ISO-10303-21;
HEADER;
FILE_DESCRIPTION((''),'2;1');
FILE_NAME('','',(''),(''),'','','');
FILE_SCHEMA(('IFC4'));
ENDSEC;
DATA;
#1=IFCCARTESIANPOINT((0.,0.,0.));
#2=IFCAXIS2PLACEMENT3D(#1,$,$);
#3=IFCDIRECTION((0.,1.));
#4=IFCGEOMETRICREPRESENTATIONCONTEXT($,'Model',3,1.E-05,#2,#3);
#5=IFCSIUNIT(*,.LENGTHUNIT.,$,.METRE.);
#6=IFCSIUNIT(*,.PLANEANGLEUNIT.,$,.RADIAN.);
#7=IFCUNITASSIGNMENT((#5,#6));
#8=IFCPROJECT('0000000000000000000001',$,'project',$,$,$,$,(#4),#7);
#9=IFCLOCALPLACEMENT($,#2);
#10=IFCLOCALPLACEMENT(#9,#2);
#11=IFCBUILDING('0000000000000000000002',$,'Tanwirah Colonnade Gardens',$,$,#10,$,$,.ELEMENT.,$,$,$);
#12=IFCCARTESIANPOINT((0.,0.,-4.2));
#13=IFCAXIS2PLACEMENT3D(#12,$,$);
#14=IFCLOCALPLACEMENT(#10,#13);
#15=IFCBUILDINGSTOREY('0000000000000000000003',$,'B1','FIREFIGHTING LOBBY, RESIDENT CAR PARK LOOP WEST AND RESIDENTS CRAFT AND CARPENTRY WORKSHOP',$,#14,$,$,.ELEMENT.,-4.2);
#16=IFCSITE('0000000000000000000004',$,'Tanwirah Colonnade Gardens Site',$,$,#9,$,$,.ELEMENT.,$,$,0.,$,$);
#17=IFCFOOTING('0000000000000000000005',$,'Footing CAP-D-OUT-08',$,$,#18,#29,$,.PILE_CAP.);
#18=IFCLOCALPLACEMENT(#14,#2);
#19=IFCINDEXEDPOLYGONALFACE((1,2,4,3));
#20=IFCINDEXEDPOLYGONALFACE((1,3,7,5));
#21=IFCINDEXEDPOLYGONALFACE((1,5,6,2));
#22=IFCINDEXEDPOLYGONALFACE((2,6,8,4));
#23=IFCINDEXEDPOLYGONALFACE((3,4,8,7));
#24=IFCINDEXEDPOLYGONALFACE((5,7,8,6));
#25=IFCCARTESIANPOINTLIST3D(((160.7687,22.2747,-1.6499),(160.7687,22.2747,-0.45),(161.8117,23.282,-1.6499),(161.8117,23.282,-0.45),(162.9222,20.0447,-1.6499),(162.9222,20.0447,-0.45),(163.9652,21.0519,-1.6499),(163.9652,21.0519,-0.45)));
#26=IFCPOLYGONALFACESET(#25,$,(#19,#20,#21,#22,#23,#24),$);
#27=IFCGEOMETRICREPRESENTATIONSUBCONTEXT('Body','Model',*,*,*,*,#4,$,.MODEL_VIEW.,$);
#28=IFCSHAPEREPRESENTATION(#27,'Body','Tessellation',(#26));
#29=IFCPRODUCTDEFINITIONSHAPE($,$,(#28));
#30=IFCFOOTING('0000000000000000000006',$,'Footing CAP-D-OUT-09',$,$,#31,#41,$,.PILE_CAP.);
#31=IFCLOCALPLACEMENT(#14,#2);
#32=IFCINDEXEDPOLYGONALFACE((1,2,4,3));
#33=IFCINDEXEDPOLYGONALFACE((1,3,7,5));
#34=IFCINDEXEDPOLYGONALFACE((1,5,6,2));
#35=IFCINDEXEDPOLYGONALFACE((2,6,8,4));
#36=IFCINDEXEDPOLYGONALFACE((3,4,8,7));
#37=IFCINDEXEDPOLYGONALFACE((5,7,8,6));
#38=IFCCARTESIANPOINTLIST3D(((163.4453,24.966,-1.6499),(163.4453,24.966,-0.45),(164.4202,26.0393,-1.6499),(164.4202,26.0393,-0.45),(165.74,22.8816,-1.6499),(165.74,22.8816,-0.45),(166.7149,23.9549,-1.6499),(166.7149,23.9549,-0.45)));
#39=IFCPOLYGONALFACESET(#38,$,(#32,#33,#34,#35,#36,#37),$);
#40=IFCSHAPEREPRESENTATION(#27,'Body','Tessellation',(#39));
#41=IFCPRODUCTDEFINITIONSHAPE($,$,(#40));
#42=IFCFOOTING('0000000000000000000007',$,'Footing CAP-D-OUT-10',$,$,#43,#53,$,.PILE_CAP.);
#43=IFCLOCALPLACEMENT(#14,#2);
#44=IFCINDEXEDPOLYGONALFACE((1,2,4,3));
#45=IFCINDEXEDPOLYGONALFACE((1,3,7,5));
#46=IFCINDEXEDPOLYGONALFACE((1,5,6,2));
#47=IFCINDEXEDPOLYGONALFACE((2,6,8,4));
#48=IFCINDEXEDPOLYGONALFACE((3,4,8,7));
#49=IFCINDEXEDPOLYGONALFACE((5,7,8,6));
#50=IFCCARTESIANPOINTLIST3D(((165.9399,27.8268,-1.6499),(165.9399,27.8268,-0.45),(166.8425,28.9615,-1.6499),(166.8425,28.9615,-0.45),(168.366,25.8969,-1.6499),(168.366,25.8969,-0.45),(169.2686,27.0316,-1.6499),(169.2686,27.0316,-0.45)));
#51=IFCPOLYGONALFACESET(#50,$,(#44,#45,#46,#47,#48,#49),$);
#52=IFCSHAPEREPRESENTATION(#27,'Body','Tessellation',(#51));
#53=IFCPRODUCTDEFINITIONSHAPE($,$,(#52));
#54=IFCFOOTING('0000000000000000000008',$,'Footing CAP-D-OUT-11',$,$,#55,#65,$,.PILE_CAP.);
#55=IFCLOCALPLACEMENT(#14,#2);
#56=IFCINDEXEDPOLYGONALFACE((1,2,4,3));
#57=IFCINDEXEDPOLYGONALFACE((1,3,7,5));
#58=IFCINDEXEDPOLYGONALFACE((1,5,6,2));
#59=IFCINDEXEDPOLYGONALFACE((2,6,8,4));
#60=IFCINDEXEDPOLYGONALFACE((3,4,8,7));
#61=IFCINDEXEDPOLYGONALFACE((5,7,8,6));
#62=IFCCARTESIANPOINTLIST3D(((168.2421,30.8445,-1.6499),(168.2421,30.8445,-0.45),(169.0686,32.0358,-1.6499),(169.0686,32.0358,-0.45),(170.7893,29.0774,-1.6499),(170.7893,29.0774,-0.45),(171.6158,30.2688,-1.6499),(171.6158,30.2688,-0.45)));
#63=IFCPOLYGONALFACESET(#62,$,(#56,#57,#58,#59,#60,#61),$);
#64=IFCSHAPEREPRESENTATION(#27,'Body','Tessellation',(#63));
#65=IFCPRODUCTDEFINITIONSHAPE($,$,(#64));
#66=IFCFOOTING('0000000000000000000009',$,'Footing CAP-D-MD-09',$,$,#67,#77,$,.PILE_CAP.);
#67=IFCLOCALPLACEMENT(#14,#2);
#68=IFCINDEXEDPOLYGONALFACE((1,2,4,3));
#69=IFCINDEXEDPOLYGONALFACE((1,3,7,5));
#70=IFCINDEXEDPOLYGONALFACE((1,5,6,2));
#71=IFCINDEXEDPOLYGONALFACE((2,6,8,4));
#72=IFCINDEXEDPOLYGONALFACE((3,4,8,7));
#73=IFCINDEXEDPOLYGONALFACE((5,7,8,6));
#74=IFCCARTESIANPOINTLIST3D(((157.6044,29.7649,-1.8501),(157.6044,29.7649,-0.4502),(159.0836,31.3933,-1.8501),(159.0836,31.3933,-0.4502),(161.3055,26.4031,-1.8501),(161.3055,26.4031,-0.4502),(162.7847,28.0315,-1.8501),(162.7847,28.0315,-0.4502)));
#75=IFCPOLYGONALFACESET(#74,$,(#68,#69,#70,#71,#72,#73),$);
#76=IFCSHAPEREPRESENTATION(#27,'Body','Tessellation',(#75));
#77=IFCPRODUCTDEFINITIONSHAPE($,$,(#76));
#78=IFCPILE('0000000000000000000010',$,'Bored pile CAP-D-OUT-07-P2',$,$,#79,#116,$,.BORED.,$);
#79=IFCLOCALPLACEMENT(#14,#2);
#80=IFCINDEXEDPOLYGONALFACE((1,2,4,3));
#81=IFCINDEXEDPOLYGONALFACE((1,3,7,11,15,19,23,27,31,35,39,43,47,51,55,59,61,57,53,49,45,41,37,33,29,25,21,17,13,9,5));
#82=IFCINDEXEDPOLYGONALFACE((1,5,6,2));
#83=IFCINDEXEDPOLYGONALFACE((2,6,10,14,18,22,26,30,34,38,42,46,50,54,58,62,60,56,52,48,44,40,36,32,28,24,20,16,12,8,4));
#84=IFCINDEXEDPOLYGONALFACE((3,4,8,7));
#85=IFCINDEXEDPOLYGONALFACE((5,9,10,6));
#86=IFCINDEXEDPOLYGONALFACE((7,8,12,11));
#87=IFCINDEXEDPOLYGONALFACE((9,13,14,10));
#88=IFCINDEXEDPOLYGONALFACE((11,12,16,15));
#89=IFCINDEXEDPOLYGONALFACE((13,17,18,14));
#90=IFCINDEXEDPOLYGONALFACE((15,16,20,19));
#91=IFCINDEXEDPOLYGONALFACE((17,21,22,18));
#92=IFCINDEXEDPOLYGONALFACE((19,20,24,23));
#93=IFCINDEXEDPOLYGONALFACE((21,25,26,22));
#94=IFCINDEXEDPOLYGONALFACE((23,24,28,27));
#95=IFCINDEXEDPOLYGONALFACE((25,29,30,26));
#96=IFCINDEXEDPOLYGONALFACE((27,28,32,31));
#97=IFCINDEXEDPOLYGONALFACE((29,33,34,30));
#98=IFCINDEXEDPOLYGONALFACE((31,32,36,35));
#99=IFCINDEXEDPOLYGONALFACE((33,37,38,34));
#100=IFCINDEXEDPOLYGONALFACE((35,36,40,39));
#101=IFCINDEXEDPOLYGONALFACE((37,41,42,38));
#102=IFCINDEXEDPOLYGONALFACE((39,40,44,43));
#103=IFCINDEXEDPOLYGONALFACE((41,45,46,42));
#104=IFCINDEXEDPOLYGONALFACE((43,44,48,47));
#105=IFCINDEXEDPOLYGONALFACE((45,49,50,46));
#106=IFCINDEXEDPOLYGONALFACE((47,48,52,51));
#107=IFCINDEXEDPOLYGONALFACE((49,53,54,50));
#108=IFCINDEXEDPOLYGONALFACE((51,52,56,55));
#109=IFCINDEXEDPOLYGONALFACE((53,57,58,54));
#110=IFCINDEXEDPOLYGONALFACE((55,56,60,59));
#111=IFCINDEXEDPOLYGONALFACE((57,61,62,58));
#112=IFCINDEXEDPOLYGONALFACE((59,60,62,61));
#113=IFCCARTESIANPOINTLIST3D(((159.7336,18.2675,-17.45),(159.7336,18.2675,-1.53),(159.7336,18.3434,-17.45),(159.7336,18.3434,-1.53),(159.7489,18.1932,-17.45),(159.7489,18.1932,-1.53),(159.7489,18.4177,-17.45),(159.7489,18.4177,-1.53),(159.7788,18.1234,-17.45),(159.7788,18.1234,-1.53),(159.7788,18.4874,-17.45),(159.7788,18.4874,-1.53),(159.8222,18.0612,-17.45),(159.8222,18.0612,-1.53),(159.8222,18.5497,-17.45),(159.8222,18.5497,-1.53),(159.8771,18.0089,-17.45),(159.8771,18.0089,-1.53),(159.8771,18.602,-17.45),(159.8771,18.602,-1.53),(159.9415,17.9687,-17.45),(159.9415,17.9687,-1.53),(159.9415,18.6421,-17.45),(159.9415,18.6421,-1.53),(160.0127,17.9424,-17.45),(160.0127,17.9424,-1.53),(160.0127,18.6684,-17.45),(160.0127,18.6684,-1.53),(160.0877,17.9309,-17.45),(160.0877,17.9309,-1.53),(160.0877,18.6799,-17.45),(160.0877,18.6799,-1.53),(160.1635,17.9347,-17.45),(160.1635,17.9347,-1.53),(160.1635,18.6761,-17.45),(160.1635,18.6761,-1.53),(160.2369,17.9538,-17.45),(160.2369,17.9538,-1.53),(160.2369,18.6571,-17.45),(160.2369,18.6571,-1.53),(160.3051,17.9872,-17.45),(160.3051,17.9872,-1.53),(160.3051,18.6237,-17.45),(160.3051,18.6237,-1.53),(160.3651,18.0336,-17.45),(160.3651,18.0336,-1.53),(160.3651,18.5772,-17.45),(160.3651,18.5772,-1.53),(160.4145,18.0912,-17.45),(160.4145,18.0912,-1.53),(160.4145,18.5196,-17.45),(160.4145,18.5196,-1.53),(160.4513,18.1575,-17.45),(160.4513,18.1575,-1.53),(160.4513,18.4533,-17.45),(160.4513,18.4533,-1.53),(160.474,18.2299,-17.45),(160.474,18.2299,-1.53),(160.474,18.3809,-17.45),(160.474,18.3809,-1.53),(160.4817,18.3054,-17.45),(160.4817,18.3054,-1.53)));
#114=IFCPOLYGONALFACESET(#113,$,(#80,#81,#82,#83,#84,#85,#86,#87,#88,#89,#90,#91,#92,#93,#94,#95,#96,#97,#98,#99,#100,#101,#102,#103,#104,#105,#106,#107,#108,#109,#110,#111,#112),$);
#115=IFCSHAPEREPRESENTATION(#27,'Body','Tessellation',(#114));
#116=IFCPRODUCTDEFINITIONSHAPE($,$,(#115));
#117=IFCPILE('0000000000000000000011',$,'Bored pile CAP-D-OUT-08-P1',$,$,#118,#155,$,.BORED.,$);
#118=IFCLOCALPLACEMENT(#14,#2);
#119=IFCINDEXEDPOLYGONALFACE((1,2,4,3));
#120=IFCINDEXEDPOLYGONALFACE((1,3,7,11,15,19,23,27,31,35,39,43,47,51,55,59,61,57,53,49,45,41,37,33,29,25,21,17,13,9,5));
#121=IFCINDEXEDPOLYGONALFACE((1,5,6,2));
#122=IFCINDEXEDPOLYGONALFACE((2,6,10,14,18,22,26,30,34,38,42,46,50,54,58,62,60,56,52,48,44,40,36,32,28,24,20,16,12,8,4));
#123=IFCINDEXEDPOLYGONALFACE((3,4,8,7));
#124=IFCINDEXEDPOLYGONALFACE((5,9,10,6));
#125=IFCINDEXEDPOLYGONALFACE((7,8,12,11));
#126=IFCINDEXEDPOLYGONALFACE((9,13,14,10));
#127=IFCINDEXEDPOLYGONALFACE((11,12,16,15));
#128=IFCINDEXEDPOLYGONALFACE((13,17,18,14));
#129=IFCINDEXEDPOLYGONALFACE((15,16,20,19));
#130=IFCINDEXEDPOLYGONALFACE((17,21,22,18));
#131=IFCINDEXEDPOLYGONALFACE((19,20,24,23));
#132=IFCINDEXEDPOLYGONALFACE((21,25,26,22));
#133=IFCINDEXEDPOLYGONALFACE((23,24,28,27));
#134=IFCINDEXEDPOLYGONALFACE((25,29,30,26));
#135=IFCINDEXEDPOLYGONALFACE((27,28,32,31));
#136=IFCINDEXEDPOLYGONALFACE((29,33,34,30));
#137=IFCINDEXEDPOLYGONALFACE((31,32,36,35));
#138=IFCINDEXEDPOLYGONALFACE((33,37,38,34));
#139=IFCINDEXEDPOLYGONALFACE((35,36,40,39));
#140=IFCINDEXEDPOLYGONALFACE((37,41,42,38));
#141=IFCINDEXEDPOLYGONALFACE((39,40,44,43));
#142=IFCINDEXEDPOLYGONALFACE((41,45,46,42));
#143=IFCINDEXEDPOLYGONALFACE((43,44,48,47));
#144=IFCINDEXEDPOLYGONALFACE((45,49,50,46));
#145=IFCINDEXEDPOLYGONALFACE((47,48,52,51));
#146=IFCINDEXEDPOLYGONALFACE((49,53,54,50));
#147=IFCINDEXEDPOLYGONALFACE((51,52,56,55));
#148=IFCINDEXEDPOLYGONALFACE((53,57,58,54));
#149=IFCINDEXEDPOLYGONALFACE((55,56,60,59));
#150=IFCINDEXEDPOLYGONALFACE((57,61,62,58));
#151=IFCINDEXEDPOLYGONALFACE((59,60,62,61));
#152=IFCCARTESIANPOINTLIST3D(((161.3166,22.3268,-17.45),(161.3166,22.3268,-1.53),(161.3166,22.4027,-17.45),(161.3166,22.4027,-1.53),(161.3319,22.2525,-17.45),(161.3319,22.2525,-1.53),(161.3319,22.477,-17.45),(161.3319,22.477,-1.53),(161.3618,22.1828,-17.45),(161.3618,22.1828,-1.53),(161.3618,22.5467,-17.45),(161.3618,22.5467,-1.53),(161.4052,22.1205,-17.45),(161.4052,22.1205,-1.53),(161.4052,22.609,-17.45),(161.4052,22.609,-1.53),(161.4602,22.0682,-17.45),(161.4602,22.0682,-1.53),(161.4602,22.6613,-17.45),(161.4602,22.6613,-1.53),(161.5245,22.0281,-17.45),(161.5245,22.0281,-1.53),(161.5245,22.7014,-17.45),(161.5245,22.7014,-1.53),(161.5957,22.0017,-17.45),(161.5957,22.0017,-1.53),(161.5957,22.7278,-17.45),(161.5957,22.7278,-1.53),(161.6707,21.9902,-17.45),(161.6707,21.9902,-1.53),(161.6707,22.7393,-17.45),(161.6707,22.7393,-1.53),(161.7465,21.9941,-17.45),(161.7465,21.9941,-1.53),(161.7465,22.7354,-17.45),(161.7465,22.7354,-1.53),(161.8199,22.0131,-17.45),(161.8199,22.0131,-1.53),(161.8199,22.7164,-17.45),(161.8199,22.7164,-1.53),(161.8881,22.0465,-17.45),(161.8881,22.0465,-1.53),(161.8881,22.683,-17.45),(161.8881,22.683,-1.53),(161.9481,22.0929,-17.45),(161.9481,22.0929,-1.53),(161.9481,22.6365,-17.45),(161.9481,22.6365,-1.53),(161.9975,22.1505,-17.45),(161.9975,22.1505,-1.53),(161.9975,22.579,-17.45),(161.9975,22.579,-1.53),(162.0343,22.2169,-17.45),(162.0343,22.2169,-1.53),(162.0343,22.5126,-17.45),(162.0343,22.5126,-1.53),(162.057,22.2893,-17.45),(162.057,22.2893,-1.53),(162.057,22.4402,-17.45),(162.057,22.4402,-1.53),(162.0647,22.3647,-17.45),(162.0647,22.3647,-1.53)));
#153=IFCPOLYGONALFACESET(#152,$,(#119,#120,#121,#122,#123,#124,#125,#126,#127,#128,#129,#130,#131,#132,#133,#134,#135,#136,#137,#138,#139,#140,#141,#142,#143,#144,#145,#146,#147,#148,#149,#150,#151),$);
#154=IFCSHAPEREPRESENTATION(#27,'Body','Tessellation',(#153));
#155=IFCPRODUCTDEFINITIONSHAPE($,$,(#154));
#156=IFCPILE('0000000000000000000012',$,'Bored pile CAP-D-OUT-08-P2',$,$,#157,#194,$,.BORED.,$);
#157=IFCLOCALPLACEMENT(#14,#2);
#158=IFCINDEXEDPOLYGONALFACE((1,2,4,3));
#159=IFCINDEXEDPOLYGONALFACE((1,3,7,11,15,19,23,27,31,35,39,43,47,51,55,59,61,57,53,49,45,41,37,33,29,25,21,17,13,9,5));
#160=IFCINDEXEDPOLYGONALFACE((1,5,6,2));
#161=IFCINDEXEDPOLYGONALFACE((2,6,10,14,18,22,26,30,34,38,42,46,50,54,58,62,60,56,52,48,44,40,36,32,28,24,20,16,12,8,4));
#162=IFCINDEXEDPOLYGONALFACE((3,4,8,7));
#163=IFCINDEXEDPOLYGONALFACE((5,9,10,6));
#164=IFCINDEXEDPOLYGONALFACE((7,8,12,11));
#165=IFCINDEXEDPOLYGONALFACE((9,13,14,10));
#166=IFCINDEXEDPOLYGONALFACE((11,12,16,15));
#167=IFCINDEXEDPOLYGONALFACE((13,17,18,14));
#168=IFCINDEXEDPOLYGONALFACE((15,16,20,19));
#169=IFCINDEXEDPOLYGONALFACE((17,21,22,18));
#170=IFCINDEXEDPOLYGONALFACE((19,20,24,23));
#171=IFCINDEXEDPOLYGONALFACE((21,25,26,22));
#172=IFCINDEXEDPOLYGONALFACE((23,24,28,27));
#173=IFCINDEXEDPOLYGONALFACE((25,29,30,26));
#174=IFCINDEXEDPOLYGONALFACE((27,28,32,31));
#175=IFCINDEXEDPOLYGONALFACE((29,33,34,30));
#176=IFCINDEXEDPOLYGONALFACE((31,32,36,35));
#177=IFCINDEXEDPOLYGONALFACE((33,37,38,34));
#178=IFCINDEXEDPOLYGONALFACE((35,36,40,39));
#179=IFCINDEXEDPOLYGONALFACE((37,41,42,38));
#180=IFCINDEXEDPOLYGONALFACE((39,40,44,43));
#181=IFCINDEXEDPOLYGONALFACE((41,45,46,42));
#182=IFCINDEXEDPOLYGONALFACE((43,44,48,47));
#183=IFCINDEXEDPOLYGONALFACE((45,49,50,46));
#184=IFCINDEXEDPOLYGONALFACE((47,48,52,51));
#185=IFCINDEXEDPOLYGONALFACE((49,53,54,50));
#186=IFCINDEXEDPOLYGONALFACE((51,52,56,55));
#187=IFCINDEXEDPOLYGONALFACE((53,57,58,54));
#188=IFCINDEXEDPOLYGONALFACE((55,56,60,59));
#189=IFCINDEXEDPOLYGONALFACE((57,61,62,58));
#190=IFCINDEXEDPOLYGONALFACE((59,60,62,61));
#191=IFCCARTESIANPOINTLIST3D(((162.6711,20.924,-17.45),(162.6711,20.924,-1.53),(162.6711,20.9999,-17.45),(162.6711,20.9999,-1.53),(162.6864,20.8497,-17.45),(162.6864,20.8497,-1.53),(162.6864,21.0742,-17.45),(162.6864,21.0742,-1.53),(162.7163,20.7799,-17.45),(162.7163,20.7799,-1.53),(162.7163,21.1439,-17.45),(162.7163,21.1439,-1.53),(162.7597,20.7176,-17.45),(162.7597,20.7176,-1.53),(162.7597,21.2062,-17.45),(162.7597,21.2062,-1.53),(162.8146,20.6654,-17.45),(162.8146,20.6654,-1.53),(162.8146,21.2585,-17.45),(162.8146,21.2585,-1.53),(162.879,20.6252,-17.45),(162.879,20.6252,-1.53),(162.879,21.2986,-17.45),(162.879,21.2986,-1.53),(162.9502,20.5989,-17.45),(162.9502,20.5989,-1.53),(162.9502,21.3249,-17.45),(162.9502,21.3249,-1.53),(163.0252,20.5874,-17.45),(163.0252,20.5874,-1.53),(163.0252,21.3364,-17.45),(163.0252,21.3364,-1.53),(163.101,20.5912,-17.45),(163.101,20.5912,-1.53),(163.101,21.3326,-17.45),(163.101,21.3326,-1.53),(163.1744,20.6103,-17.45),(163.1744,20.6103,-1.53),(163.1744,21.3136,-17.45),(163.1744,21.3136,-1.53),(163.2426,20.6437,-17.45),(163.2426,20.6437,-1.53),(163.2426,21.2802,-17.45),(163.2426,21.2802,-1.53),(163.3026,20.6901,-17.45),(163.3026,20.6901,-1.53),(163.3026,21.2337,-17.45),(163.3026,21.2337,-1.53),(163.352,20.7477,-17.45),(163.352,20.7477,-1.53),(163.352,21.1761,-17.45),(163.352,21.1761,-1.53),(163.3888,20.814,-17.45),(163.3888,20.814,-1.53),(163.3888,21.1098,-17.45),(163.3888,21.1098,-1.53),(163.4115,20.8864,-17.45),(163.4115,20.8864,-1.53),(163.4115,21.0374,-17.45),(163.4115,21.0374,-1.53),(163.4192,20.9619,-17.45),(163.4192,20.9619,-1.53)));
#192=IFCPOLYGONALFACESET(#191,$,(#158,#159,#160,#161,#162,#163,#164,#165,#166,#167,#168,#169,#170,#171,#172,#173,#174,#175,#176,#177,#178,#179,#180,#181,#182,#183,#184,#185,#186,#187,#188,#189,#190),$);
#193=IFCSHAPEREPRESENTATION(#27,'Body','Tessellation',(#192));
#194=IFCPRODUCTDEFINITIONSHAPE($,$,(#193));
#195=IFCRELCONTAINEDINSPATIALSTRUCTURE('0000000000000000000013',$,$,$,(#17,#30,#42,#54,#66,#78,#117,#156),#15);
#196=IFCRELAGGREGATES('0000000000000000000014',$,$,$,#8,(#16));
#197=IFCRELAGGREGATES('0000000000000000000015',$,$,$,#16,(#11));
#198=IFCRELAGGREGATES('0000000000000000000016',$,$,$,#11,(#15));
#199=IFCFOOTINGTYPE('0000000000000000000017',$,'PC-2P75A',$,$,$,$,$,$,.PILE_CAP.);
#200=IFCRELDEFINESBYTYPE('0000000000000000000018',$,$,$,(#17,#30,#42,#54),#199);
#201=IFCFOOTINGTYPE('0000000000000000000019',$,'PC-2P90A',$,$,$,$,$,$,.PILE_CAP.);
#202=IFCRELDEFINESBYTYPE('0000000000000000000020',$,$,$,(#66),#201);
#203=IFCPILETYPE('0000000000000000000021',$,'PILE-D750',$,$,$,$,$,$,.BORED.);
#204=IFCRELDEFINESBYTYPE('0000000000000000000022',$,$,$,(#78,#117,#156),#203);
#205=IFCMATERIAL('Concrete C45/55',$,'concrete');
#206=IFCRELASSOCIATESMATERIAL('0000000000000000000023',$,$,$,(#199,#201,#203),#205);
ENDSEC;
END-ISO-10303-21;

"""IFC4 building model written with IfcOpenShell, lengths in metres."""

from ifc_helpers import new_model, si_unit, direction, frame, origin, origin_2d, place, context, subcontext, project, spatial, rectangle, circle, extrude, material, material_profile, profile_set, type_object, element, save


model = new_model("IFC4")

# Units and contexts
model_context = context("Model", 3, precision=1e-05, world=origin(), true_north=direction((0.0, 1.0)))
body_context = subcontext(model_context, "Body", "Model", "MODEL_VIEW")
ifc_project = project(units=[si_unit("LENGTHUNIT", "METRE"), si_unit("PLANEANGLEUNIT", "RADIAN")], contexts=[model_context])

# Site, building, storey
site_placement = place(None, origin())
site = spatial("IfcSite", under=ifc_project, at=site_placement, Name="Tanwirah Colonnade Gardens Site", CompositionType="ELEMENT", RefElevation=0.0)
building_placement = place(site_placement, origin())
building = spatial("IfcBuilding", under=site, at=building_placement, Name="Tanwirah Colonnade Gardens", CompositionType="ELEMENT")
storey_placement = place(building_placement, frame((0.0, 0.0, -4.2)))
storey = spatial("IfcBuildingStorey", under=building, at=storey_placement, Name="B1", Description="FIREFIGHTING LOBBY, RESIDENT CAR PARK LOOP WEST AND RESIDENTS CRAFT AND CARPENTRY WORKSHOP", CompositionType="ELEMENT", Elevation=-4.2)

# Footings
ifc_material_1 = material(Name="Concrete C45/55", Category="concrete")
footing_type_1 = type_object("IfcFootingType", Name="PC-2P75A", PredefinedType="PILE_CAP", material=ifc_material_1)
for number, where, z_axis, x_axis, name in (
    (1, (162.3669, 21.6633, -1.6499), (0.0, 0.0, 1.0), (0.694658, -0.71934, 0.0), "Footing CAP-D-OUT-08"),
    (2, (165.0801, 24.4604, -1.6499), (0.0, 0.0, 1.0), (0.740218, -0.672367, 0.0), "Footing CAP-D-OUT-09"),
    (3, (167.6042, 27.4292, -1.6499), (0.0, 0.0, 1.0), (0.782608, -0.622515, 0.0), "Footing CAP-D-OUT-10"),
    (4, (169.929, 30.5566, -1.6499), (0.0, 0.0, 1.0), (0.821647, -0.569997, 0.0), "Footing CAP-D-OUT-11"),
):
    element("IfcFooting", number, at=place(storey_placement, frame(where, z_axis=z_axis, x_axis=x_axis)), inside=storey, type_object=footing_type_1, Name=name, PredefinedType="PILE_CAP", context=body_context, shape_type="SweptSolid", body=[
        extrude(rectangle(XDim=3.1001, YDim=1.45, at=origin_2d()), origin(), (0.0, 0.0, 1.0), 1.2),
    ])
footing_type_2 = type_object("IfcFootingType", Name="PC-2P90A", PredefinedType="PILE_CAP", material=ifc_material_1)
footing_placement = place(storey_placement, frame((160.1946, 28.8982, -1.8501), z_axis=(0.0, 0.0, 1.0), x_axis=(0.740218, -0.672367, 0.0)))
element("IfcFooting", 5, at=footing_placement, inside=storey, type_object=footing_type_2, Name="Footing CAP-D-MD-09", PredefinedType="PILE_CAP", context=body_context, shape_type="SweptSolid", body=[
    extrude(rectangle(XDim=5.0, YDim=2.2, at=origin_2d()), origin(), (0.0, 0.0, 1.0), 1.3999),
])

# Piles
ifc_material_profile_1 = material_profile(ifc_material_1, circle(Radius=0.375, at=origin_2d()), Name="PILE D750")
ifc_profile_set_1 = profile_set([ifc_material_profile_1], Name="Concrete C45/55")
pile_type_1 = type_object("IfcPileType", Name="PILE-D750", PredefinedType="BORED", material=ifc_profile_set_1)
for number, where, z_axis, x_axis, name in (
    (6, (160.1067, 18.3054, -1.53), (0.0, 0.0, -1.0), (1.0, 0.0, 0.0), "Bored pile CAP-D-OUT-07-P2"),
    (7, (161.6897, 22.3647, -1.53), (0.0, 0.0, -1.0), (1.0, 0.0, 0.0), "Bored pile CAP-D-OUT-08-P1"),
    (8, (163.0442, 20.9619, -1.53), (0.0, 0.0, -1.0), (1.0, 0.0, 0.0), "Bored pile CAP-D-OUT-08-P2"),
):
    element("IfcPile", number, at=place(storey_placement, frame(where, z_axis=z_axis, x_axis=x_axis)), inside=storey, type_object=pile_type_1, Name=name, PredefinedType="BORED", context=body_context, shape_type="SweptSolid", body=[
        extrude(circle(Radius=0.375, at=origin_2d()), origin(), (0.0, 0.0, 1.0), 15.9199),
    ])

save(model, "model.ifc")
